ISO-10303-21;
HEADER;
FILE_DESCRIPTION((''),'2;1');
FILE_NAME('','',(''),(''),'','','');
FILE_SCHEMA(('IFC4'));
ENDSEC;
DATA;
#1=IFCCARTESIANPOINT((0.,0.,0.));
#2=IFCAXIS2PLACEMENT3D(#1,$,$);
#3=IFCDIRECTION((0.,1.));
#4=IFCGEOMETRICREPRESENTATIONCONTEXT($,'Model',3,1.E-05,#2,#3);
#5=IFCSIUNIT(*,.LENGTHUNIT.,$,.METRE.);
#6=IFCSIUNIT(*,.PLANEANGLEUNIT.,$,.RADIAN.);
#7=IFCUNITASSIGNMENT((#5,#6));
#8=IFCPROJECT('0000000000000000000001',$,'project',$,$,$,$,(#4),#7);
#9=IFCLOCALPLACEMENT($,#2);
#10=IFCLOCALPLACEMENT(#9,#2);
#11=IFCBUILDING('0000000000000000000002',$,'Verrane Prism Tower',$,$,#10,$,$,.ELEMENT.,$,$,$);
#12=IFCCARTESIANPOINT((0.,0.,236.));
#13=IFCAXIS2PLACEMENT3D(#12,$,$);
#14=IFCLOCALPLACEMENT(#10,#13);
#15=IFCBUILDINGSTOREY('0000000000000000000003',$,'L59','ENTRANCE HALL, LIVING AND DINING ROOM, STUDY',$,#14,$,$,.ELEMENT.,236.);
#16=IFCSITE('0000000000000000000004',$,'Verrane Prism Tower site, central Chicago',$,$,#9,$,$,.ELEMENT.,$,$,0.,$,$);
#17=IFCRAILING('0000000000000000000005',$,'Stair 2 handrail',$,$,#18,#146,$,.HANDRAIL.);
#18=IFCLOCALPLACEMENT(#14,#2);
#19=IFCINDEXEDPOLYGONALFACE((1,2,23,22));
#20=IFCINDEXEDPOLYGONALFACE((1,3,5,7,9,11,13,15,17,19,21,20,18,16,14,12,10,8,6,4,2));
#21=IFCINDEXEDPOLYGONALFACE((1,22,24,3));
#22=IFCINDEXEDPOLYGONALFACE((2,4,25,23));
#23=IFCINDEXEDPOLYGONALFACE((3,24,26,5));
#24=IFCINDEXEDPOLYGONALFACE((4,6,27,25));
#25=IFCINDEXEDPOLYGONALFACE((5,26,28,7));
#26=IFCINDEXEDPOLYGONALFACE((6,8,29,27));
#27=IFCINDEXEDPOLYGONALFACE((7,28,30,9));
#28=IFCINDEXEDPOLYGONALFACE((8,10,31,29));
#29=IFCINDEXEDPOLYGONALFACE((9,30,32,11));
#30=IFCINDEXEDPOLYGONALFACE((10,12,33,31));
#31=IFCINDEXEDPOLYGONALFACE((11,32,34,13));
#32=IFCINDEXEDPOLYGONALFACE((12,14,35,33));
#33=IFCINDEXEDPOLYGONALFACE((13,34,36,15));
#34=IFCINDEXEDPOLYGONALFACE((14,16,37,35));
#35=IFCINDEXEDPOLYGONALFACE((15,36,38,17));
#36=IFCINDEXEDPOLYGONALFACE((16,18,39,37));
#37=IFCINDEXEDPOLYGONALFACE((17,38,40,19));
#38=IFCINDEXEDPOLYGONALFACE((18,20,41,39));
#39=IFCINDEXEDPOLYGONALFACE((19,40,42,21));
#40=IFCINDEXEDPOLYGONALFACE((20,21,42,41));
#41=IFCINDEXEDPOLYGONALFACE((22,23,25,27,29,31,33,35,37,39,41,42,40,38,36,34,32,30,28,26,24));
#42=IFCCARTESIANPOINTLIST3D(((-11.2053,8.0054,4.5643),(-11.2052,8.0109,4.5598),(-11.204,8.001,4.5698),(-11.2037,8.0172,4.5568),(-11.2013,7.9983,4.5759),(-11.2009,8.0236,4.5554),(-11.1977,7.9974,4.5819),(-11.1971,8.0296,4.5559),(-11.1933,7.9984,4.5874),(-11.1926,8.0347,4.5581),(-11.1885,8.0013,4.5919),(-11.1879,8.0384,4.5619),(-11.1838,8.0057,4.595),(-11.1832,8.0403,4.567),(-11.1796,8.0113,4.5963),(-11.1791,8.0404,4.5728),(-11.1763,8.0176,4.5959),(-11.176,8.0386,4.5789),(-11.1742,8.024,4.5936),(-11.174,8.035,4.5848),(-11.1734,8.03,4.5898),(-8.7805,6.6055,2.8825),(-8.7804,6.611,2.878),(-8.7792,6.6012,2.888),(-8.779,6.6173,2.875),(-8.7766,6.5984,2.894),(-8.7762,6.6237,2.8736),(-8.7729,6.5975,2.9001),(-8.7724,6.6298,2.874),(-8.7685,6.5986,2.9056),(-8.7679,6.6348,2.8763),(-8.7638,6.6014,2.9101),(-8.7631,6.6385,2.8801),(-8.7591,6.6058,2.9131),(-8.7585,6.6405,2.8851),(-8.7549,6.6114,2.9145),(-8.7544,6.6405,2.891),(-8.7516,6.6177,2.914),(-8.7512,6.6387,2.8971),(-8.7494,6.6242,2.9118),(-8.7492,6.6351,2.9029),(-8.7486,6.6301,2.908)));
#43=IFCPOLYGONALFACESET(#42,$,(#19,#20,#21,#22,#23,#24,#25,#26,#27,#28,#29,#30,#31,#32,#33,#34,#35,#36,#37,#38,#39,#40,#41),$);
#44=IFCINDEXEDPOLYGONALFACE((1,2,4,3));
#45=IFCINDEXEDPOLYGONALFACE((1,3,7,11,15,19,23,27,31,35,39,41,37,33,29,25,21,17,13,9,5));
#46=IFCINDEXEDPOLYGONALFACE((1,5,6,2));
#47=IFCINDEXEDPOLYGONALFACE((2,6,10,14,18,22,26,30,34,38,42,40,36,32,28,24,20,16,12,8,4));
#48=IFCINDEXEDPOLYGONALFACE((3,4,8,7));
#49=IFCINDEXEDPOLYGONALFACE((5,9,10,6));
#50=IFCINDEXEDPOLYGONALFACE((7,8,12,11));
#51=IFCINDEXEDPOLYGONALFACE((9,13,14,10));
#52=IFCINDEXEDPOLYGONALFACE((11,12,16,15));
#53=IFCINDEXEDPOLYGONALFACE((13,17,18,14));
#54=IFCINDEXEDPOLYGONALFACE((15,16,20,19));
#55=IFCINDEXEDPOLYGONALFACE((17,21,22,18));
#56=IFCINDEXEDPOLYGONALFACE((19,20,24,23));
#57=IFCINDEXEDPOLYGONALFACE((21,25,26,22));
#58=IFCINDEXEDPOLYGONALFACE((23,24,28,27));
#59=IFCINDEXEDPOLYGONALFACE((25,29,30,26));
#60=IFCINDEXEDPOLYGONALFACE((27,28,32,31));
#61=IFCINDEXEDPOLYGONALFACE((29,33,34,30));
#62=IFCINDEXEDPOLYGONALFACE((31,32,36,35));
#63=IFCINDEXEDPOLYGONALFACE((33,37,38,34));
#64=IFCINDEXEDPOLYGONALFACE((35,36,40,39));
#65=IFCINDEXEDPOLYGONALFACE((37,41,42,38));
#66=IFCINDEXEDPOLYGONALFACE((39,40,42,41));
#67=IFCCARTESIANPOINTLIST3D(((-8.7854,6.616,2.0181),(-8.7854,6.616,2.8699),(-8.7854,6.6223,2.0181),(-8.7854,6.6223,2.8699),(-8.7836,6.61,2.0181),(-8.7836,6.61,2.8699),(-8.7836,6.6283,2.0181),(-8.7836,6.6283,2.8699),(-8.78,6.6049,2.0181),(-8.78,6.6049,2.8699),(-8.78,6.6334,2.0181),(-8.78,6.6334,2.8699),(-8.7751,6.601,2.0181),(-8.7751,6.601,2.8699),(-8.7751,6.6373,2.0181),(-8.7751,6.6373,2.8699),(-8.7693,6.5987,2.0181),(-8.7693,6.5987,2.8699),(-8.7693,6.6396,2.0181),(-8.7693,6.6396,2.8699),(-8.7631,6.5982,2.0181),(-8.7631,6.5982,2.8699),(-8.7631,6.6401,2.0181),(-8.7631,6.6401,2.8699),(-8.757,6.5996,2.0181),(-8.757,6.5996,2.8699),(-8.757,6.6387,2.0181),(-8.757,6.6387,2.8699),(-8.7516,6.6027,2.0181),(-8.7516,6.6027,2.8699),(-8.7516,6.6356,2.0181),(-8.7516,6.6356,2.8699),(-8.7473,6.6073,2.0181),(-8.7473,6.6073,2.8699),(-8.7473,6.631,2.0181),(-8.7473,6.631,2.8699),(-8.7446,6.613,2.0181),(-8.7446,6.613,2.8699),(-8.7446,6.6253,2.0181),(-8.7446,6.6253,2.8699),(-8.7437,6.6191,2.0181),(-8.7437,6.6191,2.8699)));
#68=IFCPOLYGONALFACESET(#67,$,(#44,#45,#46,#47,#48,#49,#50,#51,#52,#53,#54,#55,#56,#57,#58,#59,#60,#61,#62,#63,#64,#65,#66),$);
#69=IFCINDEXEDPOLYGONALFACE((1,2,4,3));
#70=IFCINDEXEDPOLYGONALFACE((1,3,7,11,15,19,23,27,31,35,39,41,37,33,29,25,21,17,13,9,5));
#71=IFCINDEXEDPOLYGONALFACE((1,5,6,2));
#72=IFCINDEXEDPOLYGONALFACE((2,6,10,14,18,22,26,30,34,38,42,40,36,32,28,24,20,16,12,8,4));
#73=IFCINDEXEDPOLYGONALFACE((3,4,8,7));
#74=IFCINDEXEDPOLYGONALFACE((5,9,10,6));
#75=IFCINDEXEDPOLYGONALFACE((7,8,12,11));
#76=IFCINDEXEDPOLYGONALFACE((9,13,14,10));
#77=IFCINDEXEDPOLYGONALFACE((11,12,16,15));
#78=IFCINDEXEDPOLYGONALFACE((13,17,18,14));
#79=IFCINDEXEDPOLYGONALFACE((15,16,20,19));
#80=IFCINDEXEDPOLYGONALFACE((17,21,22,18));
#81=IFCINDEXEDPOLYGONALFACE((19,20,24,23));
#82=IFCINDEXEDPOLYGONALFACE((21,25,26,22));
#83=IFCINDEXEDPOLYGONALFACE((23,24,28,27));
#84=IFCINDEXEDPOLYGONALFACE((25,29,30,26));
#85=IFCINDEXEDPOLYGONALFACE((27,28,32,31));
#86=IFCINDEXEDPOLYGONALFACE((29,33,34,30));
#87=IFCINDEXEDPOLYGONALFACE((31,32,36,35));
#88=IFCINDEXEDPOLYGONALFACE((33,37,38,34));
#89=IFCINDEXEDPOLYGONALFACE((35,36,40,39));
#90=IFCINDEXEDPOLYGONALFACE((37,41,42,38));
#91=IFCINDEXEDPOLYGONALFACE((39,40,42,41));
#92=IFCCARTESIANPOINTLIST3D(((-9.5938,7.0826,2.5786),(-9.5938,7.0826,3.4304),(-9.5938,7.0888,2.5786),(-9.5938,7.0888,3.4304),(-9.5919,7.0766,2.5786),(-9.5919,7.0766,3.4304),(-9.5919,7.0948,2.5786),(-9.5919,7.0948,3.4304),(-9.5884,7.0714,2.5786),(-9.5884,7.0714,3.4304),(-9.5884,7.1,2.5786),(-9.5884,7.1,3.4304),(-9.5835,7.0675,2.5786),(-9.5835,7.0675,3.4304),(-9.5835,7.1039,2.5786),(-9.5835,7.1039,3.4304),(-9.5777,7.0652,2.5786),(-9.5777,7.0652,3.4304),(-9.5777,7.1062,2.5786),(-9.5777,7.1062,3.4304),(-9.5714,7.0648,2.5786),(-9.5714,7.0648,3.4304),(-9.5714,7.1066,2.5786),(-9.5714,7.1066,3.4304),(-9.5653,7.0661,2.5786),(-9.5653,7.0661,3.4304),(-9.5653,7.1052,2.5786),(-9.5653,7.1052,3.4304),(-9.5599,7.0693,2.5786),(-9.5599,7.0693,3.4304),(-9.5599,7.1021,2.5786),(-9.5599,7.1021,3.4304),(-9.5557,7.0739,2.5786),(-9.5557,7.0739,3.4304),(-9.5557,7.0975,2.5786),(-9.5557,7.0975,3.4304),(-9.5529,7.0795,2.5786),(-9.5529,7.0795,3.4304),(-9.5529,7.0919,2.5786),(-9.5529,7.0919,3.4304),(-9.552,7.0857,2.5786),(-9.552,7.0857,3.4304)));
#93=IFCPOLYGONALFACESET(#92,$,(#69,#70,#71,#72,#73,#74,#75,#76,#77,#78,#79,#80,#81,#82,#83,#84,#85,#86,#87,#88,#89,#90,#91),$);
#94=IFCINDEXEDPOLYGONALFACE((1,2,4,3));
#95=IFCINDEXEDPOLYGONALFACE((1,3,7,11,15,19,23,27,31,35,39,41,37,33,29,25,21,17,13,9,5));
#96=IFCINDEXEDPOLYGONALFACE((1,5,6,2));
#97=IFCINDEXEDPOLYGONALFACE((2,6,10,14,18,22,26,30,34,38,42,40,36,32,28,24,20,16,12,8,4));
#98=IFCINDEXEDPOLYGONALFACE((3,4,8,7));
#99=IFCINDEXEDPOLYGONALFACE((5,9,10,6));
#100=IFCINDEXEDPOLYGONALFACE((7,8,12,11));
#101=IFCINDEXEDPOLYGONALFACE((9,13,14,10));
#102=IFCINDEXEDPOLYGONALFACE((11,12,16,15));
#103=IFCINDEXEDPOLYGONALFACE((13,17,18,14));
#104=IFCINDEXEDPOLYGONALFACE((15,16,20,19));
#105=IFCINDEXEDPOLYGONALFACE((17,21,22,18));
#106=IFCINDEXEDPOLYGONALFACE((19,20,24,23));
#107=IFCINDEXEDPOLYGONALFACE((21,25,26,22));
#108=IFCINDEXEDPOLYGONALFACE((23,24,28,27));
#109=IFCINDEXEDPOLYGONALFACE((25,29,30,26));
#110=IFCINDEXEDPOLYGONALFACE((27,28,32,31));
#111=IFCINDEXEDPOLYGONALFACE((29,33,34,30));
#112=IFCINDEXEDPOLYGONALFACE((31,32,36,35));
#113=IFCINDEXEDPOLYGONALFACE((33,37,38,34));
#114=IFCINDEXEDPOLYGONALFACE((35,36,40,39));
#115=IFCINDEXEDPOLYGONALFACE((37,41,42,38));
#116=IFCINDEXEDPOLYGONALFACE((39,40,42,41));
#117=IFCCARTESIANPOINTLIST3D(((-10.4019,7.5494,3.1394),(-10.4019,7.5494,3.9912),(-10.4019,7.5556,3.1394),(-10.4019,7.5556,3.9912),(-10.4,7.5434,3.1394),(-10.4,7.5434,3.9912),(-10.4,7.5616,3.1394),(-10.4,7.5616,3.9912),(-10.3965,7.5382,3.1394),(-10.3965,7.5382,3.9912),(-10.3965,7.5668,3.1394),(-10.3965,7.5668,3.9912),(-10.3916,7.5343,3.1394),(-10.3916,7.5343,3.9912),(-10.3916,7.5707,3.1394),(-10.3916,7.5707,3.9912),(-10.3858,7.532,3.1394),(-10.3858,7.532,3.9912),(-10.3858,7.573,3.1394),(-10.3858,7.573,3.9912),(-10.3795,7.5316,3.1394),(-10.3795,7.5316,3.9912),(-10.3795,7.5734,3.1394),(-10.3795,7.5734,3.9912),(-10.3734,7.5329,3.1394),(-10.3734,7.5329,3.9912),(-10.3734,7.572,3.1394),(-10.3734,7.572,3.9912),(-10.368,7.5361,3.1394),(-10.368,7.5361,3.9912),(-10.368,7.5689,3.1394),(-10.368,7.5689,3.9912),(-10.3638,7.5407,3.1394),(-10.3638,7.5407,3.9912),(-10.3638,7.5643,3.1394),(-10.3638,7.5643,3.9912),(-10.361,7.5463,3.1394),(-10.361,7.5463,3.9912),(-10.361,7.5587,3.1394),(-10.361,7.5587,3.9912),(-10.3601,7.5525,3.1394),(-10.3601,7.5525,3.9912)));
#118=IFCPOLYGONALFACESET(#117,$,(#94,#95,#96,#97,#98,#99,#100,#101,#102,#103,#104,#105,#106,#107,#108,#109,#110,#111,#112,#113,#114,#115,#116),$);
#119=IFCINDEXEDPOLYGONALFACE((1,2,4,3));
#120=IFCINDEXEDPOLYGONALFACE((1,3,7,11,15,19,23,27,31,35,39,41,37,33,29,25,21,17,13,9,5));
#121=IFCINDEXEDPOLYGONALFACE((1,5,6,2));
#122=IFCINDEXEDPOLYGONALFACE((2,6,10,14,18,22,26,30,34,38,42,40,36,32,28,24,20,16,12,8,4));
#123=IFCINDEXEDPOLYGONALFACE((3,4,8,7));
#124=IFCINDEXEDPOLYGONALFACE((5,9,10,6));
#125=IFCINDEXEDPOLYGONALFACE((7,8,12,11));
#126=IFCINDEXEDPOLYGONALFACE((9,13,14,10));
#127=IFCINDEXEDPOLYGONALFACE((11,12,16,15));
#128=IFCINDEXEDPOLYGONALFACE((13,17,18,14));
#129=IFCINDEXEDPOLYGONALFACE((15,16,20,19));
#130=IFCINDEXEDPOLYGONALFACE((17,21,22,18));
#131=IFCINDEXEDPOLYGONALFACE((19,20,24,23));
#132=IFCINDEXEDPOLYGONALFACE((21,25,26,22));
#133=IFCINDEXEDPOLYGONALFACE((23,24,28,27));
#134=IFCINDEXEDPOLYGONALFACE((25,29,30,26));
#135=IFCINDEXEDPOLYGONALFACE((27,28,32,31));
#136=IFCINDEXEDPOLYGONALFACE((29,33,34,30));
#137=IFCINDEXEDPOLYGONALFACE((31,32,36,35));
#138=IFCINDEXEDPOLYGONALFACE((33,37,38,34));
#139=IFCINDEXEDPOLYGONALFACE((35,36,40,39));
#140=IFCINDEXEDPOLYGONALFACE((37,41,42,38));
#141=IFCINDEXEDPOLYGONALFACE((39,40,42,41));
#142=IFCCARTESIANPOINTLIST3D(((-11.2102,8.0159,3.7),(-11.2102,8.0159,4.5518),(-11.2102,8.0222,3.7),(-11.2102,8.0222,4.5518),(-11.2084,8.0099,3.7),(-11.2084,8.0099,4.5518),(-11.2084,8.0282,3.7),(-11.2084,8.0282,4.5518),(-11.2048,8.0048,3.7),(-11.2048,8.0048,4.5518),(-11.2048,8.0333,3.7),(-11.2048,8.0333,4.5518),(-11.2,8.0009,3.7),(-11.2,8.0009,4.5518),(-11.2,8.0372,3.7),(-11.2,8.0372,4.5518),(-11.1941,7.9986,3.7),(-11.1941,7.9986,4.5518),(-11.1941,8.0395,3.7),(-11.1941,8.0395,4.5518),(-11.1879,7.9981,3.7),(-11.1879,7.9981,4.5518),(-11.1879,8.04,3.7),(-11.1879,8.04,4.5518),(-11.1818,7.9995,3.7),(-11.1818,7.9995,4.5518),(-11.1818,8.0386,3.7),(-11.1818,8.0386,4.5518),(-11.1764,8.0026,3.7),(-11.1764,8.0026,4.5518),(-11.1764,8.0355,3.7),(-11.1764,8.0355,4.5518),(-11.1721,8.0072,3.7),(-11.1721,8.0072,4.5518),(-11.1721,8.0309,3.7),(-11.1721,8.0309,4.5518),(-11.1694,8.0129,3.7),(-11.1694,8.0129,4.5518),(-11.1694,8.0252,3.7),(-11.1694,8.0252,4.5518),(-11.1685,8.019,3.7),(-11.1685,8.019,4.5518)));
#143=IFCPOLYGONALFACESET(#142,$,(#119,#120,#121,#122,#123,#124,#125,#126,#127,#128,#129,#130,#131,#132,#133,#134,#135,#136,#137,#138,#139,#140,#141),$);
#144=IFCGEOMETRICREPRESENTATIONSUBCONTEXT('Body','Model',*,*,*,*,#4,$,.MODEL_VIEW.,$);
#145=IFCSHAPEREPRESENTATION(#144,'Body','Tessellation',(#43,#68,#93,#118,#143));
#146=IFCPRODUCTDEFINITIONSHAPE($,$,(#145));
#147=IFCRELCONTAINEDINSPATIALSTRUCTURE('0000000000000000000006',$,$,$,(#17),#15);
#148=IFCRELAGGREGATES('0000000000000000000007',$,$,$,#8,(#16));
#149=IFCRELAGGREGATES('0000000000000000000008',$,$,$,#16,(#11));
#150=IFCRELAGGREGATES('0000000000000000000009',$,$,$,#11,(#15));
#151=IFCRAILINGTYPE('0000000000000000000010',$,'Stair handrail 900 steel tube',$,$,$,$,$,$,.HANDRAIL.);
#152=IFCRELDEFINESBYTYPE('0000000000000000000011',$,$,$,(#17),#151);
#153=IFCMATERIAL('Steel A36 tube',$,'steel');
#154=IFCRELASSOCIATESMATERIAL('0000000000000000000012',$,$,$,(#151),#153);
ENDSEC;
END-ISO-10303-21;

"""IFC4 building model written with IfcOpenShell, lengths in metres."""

from ifc_helpers import new_model, si_unit, direction, frame, origin, origin_2d, place, context, subcontext, project, spatial, circle, extrude, material, type_object, element, save


model = new_model("IFC4")

# Units and contexts
model_context = context("Model", 3, precision=1e-05, world=origin(), true_north=direction((0.0, 1.0)))
body_context = subcontext(model_context, "Body", "Model", "MODEL_VIEW")
ifc_project = project(units=[si_unit("LENGTHUNIT", "METRE"), si_unit("PLANEANGLEUNIT", "RADIAN")], contexts=[model_context])

# Site, building, storey
site_placement = place(None, origin())
site = spatial("IfcSite", under=ifc_project, at=site_placement, Name="Verrane Prism Tower site, central Chicago", CompositionType="ELEMENT", RefElevation=0.0)
building_placement = place(site_placement, origin())
building = spatial("IfcBuilding", under=site, at=building_placement, Name="Verrane Prism Tower", CompositionType="ELEMENT")
storey_placement = place(building_placement, frame((0.0, 0.0, 236.0)))
storey = spatial("IfcBuildingStorey", under=building, at=storey_placement, Name="L59", Description="ENTRANCE HALL, LIVING AND DINING ROOM, STUDY", CompositionType="ELEMENT", Elevation=236.0)

# Railing
ifc_material_1 = material(Name="Steel A36 tube", Category="steel")
railing_type_1 = type_object("IfcRailingType", Name="Stair handrail 900 steel tube", PredefinedType="HANDRAIL", material=ifc_material_1)
railing_1_placement = place(storey_placement, frame((-8.7646, 6.6191, 2.0181)))
element("IfcRailing", 1, at=railing_1_placement, inside=storey, type_object=railing_type_1, Name="Stair 2 handrail", PredefinedType="HANDRAIL", context=body_context, shape_type="SweptSolid", body=[
    extrude(circle(Radius=0.0239, at=origin_2d()), frame((0.0, 0.0, 0.876), z_axis=(-0.74239, 0.428601, 0.514934), x_axis=(-0.499984, -0.866035, 0.0)), (0.0, 0.0, 1.0), 3.2661),
    extrude(circle(Radius=0.021, at=origin_2d()), origin(), (0.0, 0.0, 1.0), 0.8518),
    extrude(circle(Radius=0.021, at=origin_2d()), frame((-0.8083, 0.4666, 0.5605)), (0.0, 0.0, 1.0), 0.8518),
    extrude(circle(Radius=0.021, at=origin_2d()), frame((-1.6165, 0.9333, 1.1213)), (0.0, 0.0, 1.0), 0.8518),
    extrude(circle(Radius=0.021, at=origin_2d()), frame((-2.4248, 1.3999, 1.6819)), (0.0, 0.0, 1.0), 0.8518),
])

save(model, "model.ifc")
